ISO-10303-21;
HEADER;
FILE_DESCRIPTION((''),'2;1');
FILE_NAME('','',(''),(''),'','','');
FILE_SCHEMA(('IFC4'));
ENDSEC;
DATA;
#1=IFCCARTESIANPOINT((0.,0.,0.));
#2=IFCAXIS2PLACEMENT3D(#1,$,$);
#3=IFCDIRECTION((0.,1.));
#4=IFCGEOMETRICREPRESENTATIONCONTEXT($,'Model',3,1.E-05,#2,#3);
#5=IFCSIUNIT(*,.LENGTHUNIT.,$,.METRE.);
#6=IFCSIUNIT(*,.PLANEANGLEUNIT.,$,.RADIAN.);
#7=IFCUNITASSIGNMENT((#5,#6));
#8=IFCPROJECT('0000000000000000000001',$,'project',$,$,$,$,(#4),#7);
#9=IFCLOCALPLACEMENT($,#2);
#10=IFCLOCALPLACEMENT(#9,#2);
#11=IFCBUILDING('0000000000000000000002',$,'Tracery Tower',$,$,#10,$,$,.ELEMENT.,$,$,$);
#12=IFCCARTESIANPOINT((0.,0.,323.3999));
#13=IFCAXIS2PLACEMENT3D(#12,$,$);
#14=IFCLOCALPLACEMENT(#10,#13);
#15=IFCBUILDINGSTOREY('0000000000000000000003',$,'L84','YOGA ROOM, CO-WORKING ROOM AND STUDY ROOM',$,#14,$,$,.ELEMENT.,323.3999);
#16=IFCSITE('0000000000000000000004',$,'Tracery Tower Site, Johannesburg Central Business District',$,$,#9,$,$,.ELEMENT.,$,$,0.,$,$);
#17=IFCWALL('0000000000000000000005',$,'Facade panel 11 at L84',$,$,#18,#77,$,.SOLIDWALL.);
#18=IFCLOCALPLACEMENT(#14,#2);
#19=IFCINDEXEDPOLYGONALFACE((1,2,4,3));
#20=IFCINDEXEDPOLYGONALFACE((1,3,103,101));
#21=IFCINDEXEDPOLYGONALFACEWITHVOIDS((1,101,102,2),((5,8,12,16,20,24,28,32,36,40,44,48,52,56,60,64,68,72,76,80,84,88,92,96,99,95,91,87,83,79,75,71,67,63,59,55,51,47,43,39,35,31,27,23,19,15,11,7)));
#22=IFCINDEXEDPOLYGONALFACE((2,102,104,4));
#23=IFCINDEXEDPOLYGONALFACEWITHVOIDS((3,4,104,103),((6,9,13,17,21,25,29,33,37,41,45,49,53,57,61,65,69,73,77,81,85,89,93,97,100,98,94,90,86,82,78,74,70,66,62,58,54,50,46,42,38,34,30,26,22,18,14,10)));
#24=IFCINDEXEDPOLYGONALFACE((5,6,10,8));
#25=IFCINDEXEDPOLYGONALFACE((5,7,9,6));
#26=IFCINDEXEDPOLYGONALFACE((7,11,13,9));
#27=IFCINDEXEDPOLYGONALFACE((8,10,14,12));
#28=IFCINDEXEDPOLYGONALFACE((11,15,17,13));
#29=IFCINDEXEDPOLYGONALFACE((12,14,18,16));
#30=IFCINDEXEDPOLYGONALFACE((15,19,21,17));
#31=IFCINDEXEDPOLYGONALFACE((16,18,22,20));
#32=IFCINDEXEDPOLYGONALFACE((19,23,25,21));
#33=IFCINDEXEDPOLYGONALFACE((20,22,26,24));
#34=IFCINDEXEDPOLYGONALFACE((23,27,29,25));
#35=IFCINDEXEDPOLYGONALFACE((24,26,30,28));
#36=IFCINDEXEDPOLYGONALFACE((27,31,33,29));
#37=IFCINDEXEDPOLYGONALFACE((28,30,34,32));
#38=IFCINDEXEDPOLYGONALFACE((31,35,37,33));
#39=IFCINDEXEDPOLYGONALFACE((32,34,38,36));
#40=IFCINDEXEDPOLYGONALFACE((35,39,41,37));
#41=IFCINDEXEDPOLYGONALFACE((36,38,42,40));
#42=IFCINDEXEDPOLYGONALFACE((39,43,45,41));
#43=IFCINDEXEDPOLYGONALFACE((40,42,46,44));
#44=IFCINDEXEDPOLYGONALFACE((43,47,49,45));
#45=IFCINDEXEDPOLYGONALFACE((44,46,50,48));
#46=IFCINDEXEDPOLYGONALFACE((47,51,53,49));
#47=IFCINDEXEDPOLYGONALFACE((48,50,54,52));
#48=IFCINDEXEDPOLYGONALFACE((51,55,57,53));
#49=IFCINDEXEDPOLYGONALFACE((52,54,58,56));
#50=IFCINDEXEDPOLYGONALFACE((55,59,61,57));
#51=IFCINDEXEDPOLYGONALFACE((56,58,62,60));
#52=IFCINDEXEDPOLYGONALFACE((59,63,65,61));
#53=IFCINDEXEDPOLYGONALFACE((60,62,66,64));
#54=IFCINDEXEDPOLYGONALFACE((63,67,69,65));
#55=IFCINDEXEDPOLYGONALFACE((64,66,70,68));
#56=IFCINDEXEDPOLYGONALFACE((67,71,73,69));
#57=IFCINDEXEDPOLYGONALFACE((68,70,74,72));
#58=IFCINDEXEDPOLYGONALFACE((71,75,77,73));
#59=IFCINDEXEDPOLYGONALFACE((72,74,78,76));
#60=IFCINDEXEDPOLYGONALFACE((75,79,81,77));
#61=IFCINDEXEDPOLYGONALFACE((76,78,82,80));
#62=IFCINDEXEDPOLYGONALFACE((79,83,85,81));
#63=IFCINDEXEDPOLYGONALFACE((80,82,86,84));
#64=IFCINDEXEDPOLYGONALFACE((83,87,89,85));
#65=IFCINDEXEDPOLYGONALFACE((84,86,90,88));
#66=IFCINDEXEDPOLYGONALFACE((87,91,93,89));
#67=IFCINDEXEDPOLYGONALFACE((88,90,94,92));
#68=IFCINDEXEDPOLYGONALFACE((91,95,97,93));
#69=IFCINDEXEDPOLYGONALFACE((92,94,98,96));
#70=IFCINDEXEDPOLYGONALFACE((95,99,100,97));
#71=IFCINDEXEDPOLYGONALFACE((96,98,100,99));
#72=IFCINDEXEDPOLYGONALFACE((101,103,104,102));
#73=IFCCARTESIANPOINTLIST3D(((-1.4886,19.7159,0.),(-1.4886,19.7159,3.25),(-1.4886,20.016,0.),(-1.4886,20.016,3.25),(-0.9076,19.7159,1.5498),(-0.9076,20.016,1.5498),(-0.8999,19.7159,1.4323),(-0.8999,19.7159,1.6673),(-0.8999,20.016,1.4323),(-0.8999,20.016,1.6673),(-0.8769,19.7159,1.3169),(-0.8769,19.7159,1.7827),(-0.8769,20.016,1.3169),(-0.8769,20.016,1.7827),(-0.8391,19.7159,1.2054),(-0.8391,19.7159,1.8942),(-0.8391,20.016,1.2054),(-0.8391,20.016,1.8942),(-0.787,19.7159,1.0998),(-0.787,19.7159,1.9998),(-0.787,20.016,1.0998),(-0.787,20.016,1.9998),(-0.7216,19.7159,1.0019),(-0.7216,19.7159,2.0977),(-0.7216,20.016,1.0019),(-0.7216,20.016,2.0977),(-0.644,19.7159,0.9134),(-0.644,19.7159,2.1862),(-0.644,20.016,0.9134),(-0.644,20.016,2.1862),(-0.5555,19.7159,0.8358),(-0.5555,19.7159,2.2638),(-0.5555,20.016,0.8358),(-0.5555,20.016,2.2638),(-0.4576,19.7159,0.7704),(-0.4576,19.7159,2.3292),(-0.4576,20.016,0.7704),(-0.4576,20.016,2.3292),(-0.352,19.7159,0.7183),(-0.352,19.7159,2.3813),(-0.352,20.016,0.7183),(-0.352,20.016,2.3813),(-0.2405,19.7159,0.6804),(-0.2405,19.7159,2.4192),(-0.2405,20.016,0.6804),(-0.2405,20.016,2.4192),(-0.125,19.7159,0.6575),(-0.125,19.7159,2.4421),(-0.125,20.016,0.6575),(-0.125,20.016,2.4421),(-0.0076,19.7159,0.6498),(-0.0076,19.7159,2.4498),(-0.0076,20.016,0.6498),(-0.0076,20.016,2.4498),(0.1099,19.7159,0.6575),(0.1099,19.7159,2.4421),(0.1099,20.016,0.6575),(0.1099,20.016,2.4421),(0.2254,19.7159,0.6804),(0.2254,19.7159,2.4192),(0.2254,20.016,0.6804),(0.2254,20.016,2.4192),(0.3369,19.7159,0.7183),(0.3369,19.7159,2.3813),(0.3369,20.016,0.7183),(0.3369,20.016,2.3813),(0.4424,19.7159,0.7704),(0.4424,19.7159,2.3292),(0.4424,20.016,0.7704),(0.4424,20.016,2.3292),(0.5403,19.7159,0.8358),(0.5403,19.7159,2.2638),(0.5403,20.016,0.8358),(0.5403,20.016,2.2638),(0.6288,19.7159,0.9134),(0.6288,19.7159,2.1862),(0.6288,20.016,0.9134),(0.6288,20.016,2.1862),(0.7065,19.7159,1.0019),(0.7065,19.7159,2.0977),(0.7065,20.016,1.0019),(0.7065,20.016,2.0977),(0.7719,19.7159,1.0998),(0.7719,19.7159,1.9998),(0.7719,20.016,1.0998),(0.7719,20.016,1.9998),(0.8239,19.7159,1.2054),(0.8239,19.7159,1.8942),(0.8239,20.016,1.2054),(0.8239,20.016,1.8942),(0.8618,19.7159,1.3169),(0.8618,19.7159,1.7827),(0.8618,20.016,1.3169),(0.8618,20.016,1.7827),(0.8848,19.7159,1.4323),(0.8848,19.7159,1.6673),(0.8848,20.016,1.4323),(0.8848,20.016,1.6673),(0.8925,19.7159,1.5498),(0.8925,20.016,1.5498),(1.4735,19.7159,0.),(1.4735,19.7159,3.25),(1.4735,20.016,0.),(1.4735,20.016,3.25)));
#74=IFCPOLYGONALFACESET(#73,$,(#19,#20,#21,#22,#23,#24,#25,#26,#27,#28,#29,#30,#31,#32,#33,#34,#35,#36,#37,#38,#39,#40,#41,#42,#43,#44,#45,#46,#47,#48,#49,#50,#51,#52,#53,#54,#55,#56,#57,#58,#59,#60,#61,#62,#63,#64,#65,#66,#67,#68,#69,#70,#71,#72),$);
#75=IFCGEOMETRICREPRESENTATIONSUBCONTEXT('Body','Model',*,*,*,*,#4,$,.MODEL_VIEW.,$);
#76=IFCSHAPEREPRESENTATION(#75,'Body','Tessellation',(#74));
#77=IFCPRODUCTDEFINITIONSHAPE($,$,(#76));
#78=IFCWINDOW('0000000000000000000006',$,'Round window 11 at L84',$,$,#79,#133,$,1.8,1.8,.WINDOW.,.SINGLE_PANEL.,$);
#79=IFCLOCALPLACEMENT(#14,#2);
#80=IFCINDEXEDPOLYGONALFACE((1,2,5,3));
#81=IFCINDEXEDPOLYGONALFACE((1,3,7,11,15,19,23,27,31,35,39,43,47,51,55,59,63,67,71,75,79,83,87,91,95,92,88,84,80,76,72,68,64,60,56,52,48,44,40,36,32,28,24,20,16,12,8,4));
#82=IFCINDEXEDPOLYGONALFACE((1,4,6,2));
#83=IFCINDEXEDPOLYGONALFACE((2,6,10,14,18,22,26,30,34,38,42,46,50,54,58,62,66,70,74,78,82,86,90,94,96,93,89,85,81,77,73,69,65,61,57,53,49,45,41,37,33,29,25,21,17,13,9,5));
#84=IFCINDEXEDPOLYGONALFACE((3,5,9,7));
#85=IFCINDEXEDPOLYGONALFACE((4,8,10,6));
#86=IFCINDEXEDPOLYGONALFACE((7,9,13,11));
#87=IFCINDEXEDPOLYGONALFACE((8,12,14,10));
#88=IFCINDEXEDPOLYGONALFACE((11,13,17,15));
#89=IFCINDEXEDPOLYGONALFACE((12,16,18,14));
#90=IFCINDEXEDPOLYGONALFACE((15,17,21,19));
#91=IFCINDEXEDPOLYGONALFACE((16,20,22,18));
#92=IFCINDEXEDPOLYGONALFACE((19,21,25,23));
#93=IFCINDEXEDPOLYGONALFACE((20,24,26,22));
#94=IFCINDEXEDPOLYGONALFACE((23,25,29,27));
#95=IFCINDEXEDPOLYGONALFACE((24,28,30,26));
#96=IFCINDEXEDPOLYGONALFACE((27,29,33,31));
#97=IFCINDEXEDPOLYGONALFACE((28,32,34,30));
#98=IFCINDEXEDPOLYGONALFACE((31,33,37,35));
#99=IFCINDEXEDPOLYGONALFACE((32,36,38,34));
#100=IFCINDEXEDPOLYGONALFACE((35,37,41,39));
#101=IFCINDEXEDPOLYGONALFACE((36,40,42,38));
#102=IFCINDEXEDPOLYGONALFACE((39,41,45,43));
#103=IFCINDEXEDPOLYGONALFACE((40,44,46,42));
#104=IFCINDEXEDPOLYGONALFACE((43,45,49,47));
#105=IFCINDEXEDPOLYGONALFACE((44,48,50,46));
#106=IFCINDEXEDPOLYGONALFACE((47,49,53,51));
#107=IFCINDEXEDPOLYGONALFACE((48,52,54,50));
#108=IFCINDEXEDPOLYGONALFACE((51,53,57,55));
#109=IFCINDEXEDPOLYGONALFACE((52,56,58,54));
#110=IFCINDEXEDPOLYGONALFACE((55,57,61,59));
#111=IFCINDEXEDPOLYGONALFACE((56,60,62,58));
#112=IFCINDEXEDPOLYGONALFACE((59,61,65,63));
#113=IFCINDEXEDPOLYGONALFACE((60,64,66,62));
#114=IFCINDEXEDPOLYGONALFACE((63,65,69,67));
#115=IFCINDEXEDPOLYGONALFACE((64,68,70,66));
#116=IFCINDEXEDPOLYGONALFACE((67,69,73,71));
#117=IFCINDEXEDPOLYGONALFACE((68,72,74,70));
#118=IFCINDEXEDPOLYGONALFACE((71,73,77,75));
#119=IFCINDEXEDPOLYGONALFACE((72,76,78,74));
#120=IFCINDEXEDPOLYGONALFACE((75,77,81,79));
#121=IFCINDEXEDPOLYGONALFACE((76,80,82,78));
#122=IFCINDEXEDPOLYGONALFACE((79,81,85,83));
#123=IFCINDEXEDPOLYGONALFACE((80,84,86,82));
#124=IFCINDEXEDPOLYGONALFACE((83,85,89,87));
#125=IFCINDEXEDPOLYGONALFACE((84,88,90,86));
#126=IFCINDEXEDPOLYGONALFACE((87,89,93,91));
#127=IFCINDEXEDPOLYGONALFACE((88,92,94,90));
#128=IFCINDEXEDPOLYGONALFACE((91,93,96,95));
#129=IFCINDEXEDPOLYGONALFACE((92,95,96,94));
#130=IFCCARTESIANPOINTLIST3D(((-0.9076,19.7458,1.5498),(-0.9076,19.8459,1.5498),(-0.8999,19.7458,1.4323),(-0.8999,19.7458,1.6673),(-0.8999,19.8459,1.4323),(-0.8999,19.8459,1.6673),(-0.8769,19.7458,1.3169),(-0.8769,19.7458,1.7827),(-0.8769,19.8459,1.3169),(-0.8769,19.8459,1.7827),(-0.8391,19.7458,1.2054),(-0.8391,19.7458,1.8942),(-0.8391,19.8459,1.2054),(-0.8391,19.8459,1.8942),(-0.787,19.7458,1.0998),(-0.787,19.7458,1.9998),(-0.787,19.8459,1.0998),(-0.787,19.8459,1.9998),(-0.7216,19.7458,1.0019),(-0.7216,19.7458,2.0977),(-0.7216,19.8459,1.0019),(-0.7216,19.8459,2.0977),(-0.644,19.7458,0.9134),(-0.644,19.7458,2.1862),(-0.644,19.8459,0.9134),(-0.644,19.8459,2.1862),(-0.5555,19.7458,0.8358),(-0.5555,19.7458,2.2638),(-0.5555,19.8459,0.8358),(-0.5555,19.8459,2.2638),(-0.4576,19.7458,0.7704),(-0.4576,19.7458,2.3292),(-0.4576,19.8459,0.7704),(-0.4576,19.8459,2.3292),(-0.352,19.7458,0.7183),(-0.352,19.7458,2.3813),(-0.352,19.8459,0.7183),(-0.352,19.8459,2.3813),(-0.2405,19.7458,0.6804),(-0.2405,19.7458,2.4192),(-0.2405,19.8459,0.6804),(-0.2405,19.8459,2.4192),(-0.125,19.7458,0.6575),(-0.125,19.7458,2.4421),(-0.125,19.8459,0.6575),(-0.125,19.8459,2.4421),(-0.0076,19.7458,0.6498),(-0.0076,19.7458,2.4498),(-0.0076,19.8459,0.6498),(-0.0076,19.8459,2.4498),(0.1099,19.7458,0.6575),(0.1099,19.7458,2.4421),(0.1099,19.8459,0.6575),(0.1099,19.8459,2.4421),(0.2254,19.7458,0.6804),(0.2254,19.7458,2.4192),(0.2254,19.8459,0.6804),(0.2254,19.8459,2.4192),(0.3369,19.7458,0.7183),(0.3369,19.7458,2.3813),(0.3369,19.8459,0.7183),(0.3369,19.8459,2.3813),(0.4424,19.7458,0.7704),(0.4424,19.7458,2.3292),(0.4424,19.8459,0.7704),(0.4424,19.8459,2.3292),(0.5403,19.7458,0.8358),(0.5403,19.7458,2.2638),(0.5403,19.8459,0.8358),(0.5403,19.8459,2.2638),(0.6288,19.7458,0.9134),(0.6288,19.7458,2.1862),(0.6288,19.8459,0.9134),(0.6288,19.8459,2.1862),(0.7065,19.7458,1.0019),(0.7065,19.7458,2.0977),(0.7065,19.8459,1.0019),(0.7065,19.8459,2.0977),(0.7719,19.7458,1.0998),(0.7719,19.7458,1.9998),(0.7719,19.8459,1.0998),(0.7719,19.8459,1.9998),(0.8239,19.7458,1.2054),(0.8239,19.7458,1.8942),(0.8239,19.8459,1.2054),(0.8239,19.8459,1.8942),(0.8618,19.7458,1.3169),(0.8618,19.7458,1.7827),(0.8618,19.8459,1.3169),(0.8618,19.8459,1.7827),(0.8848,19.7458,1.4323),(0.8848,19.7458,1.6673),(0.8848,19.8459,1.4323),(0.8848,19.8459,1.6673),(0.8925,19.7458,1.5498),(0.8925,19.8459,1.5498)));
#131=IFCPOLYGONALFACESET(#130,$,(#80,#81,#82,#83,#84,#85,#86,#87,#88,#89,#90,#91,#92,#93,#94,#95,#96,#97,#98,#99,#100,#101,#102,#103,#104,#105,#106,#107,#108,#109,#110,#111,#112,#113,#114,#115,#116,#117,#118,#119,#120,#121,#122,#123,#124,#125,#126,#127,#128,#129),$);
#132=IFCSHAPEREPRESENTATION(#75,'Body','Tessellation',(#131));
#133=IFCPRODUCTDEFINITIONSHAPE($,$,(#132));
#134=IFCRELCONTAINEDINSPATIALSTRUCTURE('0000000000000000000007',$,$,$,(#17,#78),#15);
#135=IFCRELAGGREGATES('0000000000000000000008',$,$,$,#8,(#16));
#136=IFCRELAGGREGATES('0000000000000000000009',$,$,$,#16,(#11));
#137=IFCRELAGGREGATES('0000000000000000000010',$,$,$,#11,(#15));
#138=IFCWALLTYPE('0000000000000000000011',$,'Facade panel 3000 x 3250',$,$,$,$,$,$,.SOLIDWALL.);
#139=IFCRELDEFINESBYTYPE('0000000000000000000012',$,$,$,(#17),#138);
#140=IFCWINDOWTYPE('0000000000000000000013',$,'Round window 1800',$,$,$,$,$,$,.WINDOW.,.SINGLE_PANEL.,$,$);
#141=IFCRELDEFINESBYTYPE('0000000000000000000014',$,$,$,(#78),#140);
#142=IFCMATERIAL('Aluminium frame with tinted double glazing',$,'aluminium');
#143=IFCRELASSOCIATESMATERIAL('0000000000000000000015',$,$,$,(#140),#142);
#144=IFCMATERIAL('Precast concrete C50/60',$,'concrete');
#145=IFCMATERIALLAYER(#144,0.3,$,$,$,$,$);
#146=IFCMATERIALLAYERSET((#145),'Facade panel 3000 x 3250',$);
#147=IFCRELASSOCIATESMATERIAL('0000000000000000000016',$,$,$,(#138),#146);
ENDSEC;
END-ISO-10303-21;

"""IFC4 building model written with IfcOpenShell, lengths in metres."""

from ifc_helpers import new_model, si_unit, direction, frame, frame_2d, origin, origin_2d, place, context, subcontext, project, spatial, rectangle, circle, extrude, material, layer, layer_set, type_object, element, fill, save


model = new_model("IFC4")

# Units and contexts
model_context = context("Model", 3, precision=1e-05, world=origin(), true_north=direction((0.0, 1.0)))
body_context = subcontext(model_context, "Body", "Model", "MODEL_VIEW")
ifc_project = project(units=[si_unit("LENGTHUNIT", "METRE"), si_unit("PLANEANGLEUNIT", "RADIAN")], contexts=[model_context])

# Site, building, storey
site_placement = place(None, origin())
site = spatial("IfcSite", under=ifc_project, at=site_placement, Name="Tracery Tower Site, Johannesburg Central Business District", CompositionType="ELEMENT", RefElevation=0.0)
building_placement = place(site_placement, origin())
building = spatial("IfcBuilding", under=site, at=building_placement, Name="Tracery Tower", CompositionType="ELEMENT")
storey_placement = place(building_placement, frame((0.0, 0.0, 323.3999)))
storey = spatial("IfcBuildingStorey", under=building, at=storey_placement, Name="L84", Description="YOGA ROOM, CO-WORKING ROOM AND STUDY ROOM", CompositionType="ELEMENT", Elevation=323.3999)

# Wall, opening, window
ifc_material_1 = material(Name="Aluminium frame with tinted double glazing", Category="aluminium")
window_type = type_object("IfcWindowType", Name="Round window 1800", PartitioningType="SINGLE_PANEL", PredefinedType="WINDOW", material=ifc_material_1)
ifc_material_2 = material(Name="Precast concrete C50/60", Category="concrete")
ifc_layer_1 = layer(ifc_material_2, 0.3)
ifc_layer_set_1 = layer_set([ifc_layer_1], Name="Facade panel 3000 x 3250")
wall_type_1 = type_object("IfcWallType", Name="Facade panel 3000 x 3250", PredefinedType="SOLIDWALL", material=ifc_layer_set_1)
wall_1_placement = place(storey_placement, frame((1.4734, 19.866, 0.0), z_axis=(0.0, 0.0, 1.0), x_axis=(-1.0, 0.0, 0.0)))
wall_1 = element("IfcWall", 1, at=wall_1_placement, inside=storey, type_object=wall_type_1, Name="Facade panel 11 at L84", PredefinedType="SOLIDWALL", context=body_context, shape_type="SweptSolid", body=[
    extrude(rectangle(XDim=2.9622, YDim=0.3, at=frame_2d((1.481, 0.0))), origin(), (0.0, 0.0, 1.0), 3.25),
])
opening_1_placement = place(wall_1_placement, frame((1.481, 0.0, 1.5498)))
opening_1 = element("IfcOpeningElement", 2, at=opening_1_placement, cuts=wall_1, PredefinedType="OPENING", context=body_context, shape_type="SweptSolid", body=[
    extrude(circle(Radius=0.9, at=origin_2d()), frame((0.0, 0.1599, 0.0), z_axis=(0.0, -1.0, 0.0), x_axis=(1.0, 0.0, 0.0)), (0.0, 0.0, 1.0), 0.3201),
])
window_1_placement = place(opening_1_placement, origin())
window_1 = element("IfcWindow", 3, at=window_1_placement, inside=storey, type_object=window_type, Name="Round window 11 at L84", OverallHeight=1.8, OverallWidth=1.8, PartitioningType="SINGLE_PANEL", PredefinedType="WINDOW", context=body_context, shape_type="SweptSolid", body=[
    extrude(circle(Radius=0.9, at=origin_2d()), frame((0.0, 0.1201, 0.0), z_axis=(0.0, -1.0, 0.0), x_axis=(1.0, 0.0, 0.0)), (0.0, 0.0, 1.0), 0.1001),
])
fill(opening_1, window_1)

save(model, "model.ifc")
